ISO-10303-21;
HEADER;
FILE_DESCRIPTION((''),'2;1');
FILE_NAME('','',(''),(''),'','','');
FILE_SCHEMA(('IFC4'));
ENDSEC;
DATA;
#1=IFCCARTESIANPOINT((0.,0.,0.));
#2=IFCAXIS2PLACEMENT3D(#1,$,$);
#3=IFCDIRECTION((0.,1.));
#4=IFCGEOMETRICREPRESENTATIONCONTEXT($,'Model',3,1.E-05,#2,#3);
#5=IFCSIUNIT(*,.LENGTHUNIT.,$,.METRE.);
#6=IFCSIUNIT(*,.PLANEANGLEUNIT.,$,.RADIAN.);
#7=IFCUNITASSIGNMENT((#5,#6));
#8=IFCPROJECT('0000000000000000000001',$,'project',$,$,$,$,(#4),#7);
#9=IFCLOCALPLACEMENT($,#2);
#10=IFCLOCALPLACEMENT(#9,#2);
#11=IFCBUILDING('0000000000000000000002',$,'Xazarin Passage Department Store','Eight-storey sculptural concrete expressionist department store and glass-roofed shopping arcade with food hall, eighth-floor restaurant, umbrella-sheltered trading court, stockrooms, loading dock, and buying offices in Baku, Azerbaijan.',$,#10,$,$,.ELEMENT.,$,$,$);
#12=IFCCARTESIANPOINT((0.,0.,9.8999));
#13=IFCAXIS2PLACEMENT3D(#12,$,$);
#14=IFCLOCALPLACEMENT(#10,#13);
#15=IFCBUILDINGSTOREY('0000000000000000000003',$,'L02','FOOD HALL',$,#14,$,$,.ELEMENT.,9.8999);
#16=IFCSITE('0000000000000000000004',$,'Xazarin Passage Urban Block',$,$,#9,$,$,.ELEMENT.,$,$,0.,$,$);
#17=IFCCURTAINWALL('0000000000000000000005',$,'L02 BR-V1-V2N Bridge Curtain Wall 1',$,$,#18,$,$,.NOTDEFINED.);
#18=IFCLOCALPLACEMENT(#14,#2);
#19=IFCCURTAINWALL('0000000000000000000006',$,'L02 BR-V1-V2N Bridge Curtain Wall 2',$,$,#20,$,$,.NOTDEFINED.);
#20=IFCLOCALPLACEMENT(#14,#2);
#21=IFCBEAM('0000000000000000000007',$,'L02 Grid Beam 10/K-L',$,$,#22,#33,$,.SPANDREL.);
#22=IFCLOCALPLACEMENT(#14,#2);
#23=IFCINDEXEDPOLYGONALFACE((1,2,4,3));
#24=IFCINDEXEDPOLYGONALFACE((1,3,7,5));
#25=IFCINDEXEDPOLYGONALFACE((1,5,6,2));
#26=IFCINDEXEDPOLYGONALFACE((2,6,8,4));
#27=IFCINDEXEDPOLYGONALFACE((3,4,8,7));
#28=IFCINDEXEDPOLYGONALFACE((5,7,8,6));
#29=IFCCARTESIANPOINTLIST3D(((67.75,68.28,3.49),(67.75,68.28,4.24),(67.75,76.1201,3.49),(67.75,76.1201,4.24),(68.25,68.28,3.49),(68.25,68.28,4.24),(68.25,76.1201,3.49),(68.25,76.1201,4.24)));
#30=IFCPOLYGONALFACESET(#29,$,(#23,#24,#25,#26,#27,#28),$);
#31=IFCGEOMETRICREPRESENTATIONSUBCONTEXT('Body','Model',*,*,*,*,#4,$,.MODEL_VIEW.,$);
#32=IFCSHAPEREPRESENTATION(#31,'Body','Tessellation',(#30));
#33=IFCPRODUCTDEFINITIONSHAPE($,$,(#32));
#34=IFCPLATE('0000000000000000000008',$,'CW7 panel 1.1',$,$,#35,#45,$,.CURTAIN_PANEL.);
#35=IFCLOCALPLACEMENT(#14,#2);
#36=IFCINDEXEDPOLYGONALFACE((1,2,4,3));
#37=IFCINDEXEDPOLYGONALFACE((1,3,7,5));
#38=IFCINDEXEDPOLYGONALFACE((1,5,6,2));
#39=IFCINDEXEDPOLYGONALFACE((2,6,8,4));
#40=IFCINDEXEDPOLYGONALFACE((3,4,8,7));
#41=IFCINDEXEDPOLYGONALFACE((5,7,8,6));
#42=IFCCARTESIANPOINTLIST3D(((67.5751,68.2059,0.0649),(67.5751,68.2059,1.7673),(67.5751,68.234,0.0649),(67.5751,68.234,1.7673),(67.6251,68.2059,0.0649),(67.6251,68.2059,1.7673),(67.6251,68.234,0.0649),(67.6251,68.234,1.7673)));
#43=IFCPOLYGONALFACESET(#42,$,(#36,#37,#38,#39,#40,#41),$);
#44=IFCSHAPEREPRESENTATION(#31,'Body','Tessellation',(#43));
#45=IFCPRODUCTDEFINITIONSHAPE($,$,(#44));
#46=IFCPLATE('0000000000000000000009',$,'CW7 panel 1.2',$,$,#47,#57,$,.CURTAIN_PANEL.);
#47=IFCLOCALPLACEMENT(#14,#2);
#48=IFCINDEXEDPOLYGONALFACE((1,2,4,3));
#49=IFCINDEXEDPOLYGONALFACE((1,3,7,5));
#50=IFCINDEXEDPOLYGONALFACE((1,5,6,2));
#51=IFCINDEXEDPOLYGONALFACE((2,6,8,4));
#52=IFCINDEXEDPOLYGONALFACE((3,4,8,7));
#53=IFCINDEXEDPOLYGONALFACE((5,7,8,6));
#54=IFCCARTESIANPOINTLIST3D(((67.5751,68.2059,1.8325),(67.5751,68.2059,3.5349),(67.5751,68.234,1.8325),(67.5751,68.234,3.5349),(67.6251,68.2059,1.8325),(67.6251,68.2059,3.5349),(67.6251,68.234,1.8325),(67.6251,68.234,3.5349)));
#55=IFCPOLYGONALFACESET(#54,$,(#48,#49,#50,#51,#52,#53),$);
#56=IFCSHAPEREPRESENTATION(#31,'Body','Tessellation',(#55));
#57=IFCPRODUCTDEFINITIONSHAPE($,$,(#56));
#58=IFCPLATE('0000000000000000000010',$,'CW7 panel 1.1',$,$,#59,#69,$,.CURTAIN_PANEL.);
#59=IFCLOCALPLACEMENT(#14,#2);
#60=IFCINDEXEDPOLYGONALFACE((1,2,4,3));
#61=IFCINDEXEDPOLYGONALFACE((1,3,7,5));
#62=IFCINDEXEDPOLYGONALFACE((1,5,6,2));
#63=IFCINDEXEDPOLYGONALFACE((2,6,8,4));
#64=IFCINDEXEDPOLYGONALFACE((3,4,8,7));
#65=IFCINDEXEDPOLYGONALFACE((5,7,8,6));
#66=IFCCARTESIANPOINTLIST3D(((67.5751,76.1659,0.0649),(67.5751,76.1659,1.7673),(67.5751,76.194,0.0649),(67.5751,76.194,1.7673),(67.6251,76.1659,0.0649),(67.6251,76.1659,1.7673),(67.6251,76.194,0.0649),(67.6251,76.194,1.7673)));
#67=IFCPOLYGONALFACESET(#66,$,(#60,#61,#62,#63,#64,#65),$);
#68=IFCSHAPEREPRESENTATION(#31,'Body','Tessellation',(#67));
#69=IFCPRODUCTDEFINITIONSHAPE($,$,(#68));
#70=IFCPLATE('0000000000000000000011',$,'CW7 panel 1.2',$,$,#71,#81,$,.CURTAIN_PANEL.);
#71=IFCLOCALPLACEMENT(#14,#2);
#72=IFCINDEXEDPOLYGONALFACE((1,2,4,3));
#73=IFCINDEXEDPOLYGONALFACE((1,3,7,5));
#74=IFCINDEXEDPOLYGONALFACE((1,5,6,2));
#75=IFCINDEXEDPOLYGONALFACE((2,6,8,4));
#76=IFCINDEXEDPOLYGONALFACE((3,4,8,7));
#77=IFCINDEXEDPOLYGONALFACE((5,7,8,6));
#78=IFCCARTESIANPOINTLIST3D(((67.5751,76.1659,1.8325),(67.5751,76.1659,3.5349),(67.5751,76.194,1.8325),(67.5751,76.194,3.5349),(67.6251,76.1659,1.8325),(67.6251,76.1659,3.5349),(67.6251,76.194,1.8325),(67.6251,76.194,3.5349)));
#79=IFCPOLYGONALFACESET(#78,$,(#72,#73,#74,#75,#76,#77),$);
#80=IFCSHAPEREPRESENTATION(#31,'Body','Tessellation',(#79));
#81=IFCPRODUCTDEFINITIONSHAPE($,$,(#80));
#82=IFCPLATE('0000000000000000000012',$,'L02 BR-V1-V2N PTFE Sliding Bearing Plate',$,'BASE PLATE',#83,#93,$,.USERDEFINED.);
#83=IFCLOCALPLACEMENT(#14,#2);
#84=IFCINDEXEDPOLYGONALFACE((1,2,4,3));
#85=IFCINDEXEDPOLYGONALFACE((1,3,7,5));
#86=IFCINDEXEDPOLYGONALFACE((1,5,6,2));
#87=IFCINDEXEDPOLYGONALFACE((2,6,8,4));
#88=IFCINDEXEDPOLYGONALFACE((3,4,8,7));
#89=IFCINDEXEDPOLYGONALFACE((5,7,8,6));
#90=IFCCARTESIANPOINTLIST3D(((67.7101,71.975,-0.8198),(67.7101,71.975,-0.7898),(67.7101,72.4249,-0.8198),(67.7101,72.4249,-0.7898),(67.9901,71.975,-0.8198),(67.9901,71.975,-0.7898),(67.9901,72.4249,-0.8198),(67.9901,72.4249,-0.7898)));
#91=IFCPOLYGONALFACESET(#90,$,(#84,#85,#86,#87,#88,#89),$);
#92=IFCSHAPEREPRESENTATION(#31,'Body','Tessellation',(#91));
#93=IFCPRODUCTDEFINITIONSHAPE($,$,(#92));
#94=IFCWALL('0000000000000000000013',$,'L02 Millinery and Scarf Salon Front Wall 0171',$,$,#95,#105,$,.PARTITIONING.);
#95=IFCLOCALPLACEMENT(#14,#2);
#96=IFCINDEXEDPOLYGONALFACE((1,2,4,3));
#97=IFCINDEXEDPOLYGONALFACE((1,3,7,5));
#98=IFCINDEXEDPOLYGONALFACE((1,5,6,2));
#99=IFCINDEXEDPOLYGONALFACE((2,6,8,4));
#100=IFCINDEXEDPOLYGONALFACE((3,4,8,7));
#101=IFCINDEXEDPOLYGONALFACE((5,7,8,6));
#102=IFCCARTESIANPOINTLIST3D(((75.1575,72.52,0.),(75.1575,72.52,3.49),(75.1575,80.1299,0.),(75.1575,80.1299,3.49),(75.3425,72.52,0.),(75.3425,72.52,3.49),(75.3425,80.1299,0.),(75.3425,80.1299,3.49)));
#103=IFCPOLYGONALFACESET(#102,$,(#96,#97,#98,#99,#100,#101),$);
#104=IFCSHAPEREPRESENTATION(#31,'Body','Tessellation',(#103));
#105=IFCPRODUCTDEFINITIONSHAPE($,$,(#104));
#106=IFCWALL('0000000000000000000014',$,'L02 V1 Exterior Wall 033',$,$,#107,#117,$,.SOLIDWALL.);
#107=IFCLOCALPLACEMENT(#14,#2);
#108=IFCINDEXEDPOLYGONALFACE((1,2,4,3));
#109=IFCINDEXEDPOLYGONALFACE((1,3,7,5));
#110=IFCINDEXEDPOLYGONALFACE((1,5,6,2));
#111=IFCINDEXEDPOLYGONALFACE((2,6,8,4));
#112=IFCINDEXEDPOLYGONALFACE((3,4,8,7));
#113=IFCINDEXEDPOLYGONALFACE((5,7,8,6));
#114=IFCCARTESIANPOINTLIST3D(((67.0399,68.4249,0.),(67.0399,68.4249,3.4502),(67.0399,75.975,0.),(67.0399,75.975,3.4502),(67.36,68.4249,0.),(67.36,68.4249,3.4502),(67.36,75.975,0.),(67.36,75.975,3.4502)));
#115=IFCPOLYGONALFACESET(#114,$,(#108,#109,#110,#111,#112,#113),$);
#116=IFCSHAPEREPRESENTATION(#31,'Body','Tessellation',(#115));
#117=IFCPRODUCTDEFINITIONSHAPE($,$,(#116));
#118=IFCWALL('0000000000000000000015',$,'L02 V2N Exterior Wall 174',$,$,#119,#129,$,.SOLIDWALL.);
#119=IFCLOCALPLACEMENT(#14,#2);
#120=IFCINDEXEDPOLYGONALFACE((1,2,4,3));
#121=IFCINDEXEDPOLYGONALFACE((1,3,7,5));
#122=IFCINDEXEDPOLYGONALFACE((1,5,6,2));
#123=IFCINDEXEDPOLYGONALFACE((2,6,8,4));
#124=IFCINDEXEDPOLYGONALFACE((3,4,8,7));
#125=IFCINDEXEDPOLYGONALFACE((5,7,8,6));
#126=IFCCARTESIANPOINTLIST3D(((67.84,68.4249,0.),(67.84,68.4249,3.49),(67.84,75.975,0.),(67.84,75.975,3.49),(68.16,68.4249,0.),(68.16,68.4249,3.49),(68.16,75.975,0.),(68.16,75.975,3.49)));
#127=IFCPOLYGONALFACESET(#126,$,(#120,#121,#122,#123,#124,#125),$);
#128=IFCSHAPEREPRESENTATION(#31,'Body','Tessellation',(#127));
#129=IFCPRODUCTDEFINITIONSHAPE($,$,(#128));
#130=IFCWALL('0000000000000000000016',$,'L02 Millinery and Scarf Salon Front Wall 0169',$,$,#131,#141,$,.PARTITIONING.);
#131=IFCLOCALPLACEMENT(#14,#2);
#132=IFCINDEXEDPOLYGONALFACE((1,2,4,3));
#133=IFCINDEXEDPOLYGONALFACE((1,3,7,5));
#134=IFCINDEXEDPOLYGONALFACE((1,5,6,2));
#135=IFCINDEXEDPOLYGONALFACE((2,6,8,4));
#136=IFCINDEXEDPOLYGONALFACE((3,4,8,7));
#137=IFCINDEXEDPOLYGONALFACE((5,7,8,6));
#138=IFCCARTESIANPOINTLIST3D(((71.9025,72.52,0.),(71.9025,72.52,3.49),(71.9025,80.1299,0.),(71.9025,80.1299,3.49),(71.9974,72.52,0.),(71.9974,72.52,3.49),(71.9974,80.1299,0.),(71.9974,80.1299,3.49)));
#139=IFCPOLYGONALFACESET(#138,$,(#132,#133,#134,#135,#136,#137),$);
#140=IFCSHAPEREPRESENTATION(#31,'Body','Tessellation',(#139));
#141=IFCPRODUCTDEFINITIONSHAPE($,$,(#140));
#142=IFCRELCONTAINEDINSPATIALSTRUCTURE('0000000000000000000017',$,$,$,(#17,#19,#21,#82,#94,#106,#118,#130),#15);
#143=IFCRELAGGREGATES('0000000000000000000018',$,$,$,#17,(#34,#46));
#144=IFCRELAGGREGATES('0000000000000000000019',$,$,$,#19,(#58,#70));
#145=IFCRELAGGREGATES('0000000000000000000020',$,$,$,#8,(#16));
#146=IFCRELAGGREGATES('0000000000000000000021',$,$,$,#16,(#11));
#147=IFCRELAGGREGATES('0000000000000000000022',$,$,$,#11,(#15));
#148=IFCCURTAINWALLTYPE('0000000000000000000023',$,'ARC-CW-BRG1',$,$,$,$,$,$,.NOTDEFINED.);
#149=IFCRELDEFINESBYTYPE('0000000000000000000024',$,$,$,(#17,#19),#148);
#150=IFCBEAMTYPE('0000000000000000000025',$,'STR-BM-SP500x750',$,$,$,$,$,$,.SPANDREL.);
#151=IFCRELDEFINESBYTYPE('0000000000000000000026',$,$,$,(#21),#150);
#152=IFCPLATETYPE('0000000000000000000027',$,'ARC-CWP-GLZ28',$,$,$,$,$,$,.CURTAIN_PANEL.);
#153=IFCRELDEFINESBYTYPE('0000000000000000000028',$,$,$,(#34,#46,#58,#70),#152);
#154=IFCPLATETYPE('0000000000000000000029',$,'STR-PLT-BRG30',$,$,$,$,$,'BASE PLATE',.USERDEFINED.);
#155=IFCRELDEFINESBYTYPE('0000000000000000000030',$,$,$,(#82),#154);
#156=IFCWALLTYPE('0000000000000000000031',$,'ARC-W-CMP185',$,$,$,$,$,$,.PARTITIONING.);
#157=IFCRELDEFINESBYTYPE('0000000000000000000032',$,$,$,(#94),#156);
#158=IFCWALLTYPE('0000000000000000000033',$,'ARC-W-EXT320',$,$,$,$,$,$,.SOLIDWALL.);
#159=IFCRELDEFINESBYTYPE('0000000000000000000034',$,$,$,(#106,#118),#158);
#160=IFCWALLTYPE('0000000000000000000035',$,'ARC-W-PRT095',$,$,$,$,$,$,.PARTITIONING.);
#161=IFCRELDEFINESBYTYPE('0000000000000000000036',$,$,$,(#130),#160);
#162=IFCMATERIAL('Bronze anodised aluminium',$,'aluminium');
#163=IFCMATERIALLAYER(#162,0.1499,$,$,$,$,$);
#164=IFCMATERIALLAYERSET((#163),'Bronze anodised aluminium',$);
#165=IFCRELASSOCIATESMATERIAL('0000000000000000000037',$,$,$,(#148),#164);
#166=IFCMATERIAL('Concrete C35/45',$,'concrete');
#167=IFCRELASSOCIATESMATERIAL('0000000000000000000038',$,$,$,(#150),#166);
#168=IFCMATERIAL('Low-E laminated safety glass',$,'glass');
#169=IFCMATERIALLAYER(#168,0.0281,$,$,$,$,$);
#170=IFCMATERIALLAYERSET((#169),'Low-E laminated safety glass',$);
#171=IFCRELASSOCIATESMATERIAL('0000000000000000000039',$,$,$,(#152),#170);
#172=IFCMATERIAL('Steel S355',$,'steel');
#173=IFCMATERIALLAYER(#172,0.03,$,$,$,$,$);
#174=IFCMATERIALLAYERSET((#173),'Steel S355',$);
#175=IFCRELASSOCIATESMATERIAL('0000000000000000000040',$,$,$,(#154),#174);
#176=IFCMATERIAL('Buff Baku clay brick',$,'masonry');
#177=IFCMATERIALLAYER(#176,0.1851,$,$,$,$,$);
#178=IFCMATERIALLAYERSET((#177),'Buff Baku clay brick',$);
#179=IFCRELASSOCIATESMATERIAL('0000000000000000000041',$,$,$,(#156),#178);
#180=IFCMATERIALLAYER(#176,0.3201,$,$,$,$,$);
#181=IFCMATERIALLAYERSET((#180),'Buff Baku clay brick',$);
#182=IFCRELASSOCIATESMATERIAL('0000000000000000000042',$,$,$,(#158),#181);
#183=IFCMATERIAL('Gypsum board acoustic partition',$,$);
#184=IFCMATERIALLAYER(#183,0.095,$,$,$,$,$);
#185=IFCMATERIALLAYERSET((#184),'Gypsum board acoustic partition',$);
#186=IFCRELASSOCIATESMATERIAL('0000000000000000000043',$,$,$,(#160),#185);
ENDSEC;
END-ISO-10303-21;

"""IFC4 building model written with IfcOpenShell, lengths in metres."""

from ifc_helpers import new_model, si_unit, direction, frame, frame_2d, origin, origin_2d, place, context, subcontext, project, spatial, rectangle, extrude, material, layer, layer_set, material_profile, profile_set, type_object, element, aggregate, save


model = new_model("IFC4")

# Units and contexts
model_context = context("Model", 3, precision=1e-05, world=origin(), true_north=direction((0.0, 1.0)))
body_context = subcontext(model_context, "Body", "Model", "MODEL_VIEW")
ifc_project = project(units=[si_unit("LENGTHUNIT", "METRE"), si_unit("PLANEANGLEUNIT", "RADIAN")], contexts=[model_context])

# Site, building, storey
site_placement = place(None, origin())
site = spatial("IfcSite", under=ifc_project, at=site_placement, Name="Xazarin Passage Urban Block", CompositionType="ELEMENT", RefElevation=0.0)
building_placement = place(site_placement, origin())
building = spatial("IfcBuilding", under=site, at=building_placement, Name="Xazarin Passage Department Store", Description="Eight-storey sculptural concrete expressionist department store and glass-roofed shopping arcade with food hall, eighth-floor restaurant, umbrella-sheltered trading court, stockrooms, loading dock, and buying offices in Baku, Azerbaijan.", CompositionType="ELEMENT")
storey_placement = place(building_placement, frame((0.0, 0.0, 9.8999)))
storey = spatial("IfcBuildingStorey", under=building, at=storey_placement, Name="L02", Description="FOOD HALL", CompositionType="ELEMENT", Elevation=9.8999)

# Curtain walls
ifc_material_1 = material(Name="Bronze anodised aluminium", Category="aluminium")
ifc_layer_1 = layer(ifc_material_1, 0.1499)
ifc_layer_set_1 = layer_set([ifc_layer_1], Name="Bronze anodised aluminium")
curtain_wall_type = type_object("IfcCurtainWallType", Name="ARC-CW-BRG1", PredefinedType="NOTDEFINED", material=ifc_layer_set_1)
curtain_wall_1_placement = place(storey_placement, origin())
curtain_wall_1 = element("IfcCurtainWall", 1, at=curtain_wall_1_placement, inside=storey, type_object=curtain_wall_type, Name="L02 BR-V1-V2N Bridge Curtain Wall 1", PredefinedType="NOTDEFINED")
curtain_wall_2_placement = place(storey_placement, origin())
curtain_wall_2 = element("IfcCurtainWall", 2, at=curtain_wall_2_placement, inside=storey, type_object=curtain_wall_type, Name="L02 BR-V1-V2N Bridge Curtain Wall 2", PredefinedType="NOTDEFINED")

# Beam
ifc_material_2 = material(Name="Concrete C35/45", Category="concrete")
ifc_material_profile_1 = material_profile(ifc_material_2, rectangle(XDim=0.5, YDim=0.75, at=origin_2d()), Name="RC 500x750")
ifc_profile_set_1 = profile_set([ifc_material_profile_1], Name="Concrete C35/45")
beam_type_1 = type_object("IfcBeamType", Name="STR-BM-SP500x750", PredefinedType="SPANDREL", material=ifc_profile_set_1)
for number, where, z_axis, x_axis, name in (
    (3, (68.0, 68.28, 3.865), (0.0, 1.0, 0.0), (-1.0, 0.0, 0.0), "L02 Grid Beam 10/K-L"),
):
    element("IfcBeam", number, at=place(storey_placement, frame(where, z_axis=z_axis, x_axis=x_axis)), inside=storey, type_object=beam_type_1, Name=name, PredefinedType="SPANDREL", context=body_context, shape_type="SweptSolid", body=[
        extrude(rectangle(XDim=0.5, YDim=0.75, at=origin_2d()), origin(), (0.0, 0.0, 1.0), 7.8401),
    ])

# Plates
ifc_material_3 = material(Name="Low-E laminated safety glass", Category="glass")
ifc_layer_2 = layer(ifc_material_3, 0.0281)
ifc_layer_set_2 = layer_set([ifc_layer_2], Name="Low-E laminated safety glass")
plate_type_1 = type_object("IfcPlateType", Name="ARC-CWP-GLZ28", PredefinedType="CURTAIN_PANEL", material=ifc_layer_set_2)
plate_1_placement = place(storey_placement, frame((67.6001, 68.22, 0.0649), z_axis=(0.0, 0.0, 1.0), x_axis=(1.0, 0.0, 0.0)))
plate_1 = element("IfcPlate", 4, at=plate_1_placement, type_object=plate_type_1, Name="CW7 panel 1.1", PredefinedType="CURTAIN_PANEL", context=body_context, shape_type="SweptSolid", body=[
    extrude(rectangle(XDim=0.05, YDim=0.0281, at=origin_2d()), origin(), (0.0, 0.0, 1.0), 1.7024),
])
plate_2_placement = place(storey_placement, frame((67.6001, 68.22, 1.8325), z_axis=(0.0, 0.0, 1.0), x_axis=(1.0, 0.0, 0.0)))
plate_2 = element("IfcPlate", 5, at=plate_2_placement, type_object=plate_type_1, Name="CW7 panel 1.2", PredefinedType="CURTAIN_PANEL", context=body_context, shape_type="SweptSolid", body=[
    extrude(rectangle(XDim=0.05, YDim=0.0281, at=origin_2d()), origin(), (0.0, 0.0, 1.0), 1.7024),
])
aggregate(curtain_wall_1, [plate_1, plate_2])
plate_3_placement = place(storey_placement, frame((67.6001, 76.1799, 0.0649), z_axis=(0.0, 0.0, 1.0), x_axis=(1.0, 0.0, 0.0)))
plate_3 = element("IfcPlate", 6, at=plate_3_placement, type_object=plate_type_1, Name="CW7 panel 1.1", PredefinedType="CURTAIN_PANEL", context=body_context, shape_type="SweptSolid", body=[
    extrude(rectangle(XDim=0.05, YDim=0.0281, at=origin_2d()), origin(), (0.0, 0.0, 1.0), 1.7024),
])
plate_4_placement = place(storey_placement, frame((67.6001, 76.1799, 1.8325), z_axis=(0.0, 0.0, 1.0), x_axis=(1.0, 0.0, 0.0)))
plate_4 = element("IfcPlate", 7, at=plate_4_placement, type_object=plate_type_1, Name="CW7 panel 1.2", PredefinedType="CURTAIN_PANEL", context=body_context, shape_type="SweptSolid", body=[
    extrude(rectangle(XDim=0.05, YDim=0.0281, at=origin_2d()), origin(), (0.0, 0.0, 1.0), 1.7024),
])
aggregate(curtain_wall_2, [plate_3, plate_4])
ifc_material_4 = material(Name="Steel S355", Category="steel")
ifc_layer_3 = layer(ifc_material_4, 0.03)
ifc_layer_set_3 = layer_set([ifc_layer_3], Name="Steel S355")
plate_type_2 = type_object("IfcPlateType", Name="STR-PLT-BRG30", ElementType="BASE PLATE", PredefinedType="USERDEFINED", material=ifc_layer_set_3)
plate_5_placement = place(storey_placement, frame((67.8501, 72.2, -0.8198), z_axis=(0.0, 0.0, 1.0), x_axis=(1.0, 0.0, 0.0)))
element("IfcPlate", 8, at=plate_5_placement, inside=storey, type_object=plate_type_2, Name="L02 BR-V1-V2N PTFE Sliding Bearing Plate", ObjectType="BASE PLATE", PredefinedType="USERDEFINED", context=body_context, shape_type="SweptSolid", body=[
    extrude(rectangle(XDim=0.28, YDim=0.45, at=origin_2d()), origin(), (0.0, 0.0, 1.0), 0.03),
])

# Walls
ifc_material_5 = material(Name="Buff Baku clay brick", Category="masonry")
ifc_layer_4 = layer(ifc_material_5, 0.1851)
ifc_layer_set_4 = layer_set([ifc_layer_4], Name="Buff Baku clay brick")
wall_type_1 = type_object("IfcWallType", Name="ARC-W-CMP185", PredefinedType="PARTITIONING", material=ifc_layer_set_4)
wall_1_placement = place(storey_placement, frame((75.25, 72.52, 0.0), z_axis=(0.0, 0.0, 1.0), x_axis=(0.0, 1.0, 0.0)))
element("IfcWall", 9, at=wall_1_placement, inside=storey, type_object=wall_type_1, Name="L02 Millinery and Scarf Salon Front Wall 0171", PredefinedType="PARTITIONING", context=body_context, shape_type="SweptSolid", body=[
    extrude(rectangle(XDim=7.6099, YDim=0.1851, at=frame_2d((3.8049, 0.0))), origin(), (0.0, 0.0, 1.0), 3.49),
])
ifc_layer_5 = layer(ifc_material_5, 0.3201)
ifc_layer_set_5 = layer_set([ifc_layer_5], Name="Buff Baku clay brick")
wall_type_2 = type_object("IfcWallType", Name="ARC-W-EXT320", PredefinedType="SOLIDWALL", material=ifc_layer_set_5)
wall_2_placement = place(storey_placement, frame((67.2, 68.425, 0.0), z_axis=(0.0, 0.0, 1.0), x_axis=(0.0, 1.0, 0.0)))
element("IfcWall", 10, at=wall_2_placement, inside=storey, type_object=wall_type_2, Name="L02 V1 Exterior Wall 033", PredefinedType="SOLIDWALL", context=body_context, shape_type="SweptSolid", body=[
    extrude(rectangle(XDim=7.55, YDim=0.3201, at=frame_2d((3.7749, 0.0))), origin(), (0.0, 0.0, 1.0), 3.4502),
])
wall_3_placement = place(storey_placement, frame((68.0, 68.425, 0.0), z_axis=(0.0, 0.0, 1.0), x_axis=(0.0, 1.0, 0.0)))
element("IfcWall", 11, at=wall_3_placement, inside=storey, type_object=wall_type_2, Name="L02 V2N Exterior Wall 174", PredefinedType="SOLIDWALL", context=body_context, shape_type="SweptSolid", body=[
    extrude(rectangle(XDim=7.55, YDim=0.3201, at=frame_2d((3.7749, 0.0))), origin(), (0.0, 0.0, 1.0), 3.49),
])
ifc_material_6 = material(Name="Gypsum board acoustic partition")
ifc_layer_6 = layer(ifc_material_6, 0.095)
ifc_layer_set_6 = layer_set([ifc_layer_6], Name="Gypsum board acoustic partition")
wall_type_3 = type_object("IfcWallType", Name="ARC-W-PRT095", PredefinedType="PARTITIONING", material=ifc_layer_set_6)
wall_4_placement = place(storey_placement, frame((71.95, 72.52, 0.0), z_axis=(0.0, 0.0, 1.0), x_axis=(0.0, 1.0, 0.0)))
element("IfcWall", 12, at=wall_4_placement, inside=storey, type_object=wall_type_3, Name="L02 Millinery and Scarf Salon Front Wall 0169", PredefinedType="PARTITIONING", context=body_context, shape_type="SweptSolid", body=[
    extrude(rectangle(XDim=7.6099, YDim=0.095, at=frame_2d((3.8049, 0.0))), origin(), (0.0, 0.0, 1.0), 3.49),
])

save(model, "model.ifc")
